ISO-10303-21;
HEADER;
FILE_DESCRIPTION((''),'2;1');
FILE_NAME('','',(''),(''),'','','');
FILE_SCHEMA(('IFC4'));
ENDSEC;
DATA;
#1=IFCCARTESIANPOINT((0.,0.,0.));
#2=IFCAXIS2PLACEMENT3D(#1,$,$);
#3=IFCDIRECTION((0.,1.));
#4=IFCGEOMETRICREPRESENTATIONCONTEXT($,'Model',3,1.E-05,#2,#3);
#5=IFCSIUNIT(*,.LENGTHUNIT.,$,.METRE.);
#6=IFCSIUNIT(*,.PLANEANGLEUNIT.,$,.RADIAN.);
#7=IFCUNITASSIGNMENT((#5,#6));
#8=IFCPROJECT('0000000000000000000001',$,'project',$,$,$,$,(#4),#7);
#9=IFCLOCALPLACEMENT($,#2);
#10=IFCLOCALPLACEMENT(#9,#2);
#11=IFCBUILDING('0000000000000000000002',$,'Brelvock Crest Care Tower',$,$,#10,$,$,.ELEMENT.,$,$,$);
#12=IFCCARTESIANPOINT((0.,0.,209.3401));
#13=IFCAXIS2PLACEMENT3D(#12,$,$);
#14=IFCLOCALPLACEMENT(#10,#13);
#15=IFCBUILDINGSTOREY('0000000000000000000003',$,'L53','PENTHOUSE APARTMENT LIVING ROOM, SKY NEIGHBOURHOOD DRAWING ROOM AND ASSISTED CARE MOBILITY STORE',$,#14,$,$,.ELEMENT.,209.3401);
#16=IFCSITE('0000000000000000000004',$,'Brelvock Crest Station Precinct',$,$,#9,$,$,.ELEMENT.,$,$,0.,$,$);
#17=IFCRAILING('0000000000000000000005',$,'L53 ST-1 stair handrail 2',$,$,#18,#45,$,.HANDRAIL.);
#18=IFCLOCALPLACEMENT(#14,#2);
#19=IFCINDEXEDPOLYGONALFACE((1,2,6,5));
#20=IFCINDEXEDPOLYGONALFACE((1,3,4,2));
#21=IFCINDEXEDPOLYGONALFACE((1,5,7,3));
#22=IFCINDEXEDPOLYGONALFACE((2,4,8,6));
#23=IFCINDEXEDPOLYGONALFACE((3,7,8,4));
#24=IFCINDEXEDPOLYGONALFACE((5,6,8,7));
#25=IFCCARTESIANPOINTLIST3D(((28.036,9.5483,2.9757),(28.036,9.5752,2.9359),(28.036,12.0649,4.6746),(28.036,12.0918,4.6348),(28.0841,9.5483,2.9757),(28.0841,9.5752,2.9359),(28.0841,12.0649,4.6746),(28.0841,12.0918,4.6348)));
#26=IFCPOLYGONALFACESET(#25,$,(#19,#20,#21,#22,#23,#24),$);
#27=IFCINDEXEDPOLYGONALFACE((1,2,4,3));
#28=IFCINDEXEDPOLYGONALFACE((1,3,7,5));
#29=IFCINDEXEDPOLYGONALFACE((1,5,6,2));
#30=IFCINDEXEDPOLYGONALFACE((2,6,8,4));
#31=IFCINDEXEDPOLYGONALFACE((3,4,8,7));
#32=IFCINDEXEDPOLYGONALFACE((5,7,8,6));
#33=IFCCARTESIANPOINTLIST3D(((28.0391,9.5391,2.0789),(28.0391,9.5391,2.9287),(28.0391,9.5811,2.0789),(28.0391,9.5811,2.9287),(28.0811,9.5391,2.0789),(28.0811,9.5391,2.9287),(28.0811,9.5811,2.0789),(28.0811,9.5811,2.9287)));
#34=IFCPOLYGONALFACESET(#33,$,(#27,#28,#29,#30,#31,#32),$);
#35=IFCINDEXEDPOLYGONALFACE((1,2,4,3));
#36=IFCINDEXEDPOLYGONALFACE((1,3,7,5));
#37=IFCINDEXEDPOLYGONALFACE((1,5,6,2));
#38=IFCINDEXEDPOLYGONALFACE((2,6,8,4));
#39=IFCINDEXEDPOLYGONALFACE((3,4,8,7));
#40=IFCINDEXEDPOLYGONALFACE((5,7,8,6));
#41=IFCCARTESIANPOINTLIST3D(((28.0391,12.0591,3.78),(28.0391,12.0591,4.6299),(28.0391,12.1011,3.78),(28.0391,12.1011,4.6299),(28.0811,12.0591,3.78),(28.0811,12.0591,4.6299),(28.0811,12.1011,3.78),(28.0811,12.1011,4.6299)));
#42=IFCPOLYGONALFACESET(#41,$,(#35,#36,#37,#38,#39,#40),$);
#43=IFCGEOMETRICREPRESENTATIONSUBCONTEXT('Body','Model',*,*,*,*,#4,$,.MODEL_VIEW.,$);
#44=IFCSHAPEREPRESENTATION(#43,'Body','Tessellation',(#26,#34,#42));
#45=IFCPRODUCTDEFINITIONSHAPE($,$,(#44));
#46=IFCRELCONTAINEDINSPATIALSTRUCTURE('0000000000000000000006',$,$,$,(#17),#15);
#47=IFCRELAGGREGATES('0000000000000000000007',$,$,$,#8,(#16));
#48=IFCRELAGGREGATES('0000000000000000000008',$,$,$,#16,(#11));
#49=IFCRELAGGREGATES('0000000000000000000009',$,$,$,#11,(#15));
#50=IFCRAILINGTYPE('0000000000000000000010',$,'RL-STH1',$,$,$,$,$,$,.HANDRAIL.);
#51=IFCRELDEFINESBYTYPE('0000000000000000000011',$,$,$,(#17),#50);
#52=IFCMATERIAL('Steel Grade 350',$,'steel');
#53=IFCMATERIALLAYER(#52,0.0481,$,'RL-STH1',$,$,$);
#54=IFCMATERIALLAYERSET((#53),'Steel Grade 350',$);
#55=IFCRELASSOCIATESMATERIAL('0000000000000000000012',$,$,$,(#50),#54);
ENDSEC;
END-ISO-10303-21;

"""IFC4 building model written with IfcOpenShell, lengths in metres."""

from ifc_helpers import new_model, si_unit, direction, frame, origin, origin_2d, place, context, subcontext, project, spatial, rectangle, extrude, material, layer, layer_set, type_object, element, save


model = new_model("IFC4")

# Units and contexts
model_context = context("Model", 3, precision=1e-05, world=origin(), true_north=direction((0.0, 1.0)))
body_context = subcontext(model_context, "Body", "Model", "MODEL_VIEW")
ifc_project = project(units=[si_unit("LENGTHUNIT", "METRE"), si_unit("PLANEANGLEUNIT", "RADIAN")], contexts=[model_context])

# Site, building, storey
site_placement = place(None, origin())
site = spatial("IfcSite", under=ifc_project, at=site_placement, Name="Brelvock Crest Station Precinct", CompositionType="ELEMENT", RefElevation=0.0)
building_placement = place(site_placement, origin())
building = spatial("IfcBuilding", under=site, at=building_placement, Name="Brelvock Crest Care Tower", CompositionType="ELEMENT")
storey_placement = place(building_placement, frame((0.0, 0.0, 209.3401)))
storey = spatial("IfcBuildingStorey", under=building, at=storey_placement, Name="L53", Description="PENTHOUSE APARTMENT LIVING ROOM, SKY NEIGHBOURHOOD DRAWING ROOM AND ASSISTED CARE MOBILITY STORE", CompositionType="ELEMENT", Elevation=209.3401)

# Shared definitions
ifc_material_1 = material(Name="Steel Grade 350", Category="steel")

# Railing
ifc_layer_1 = layer(ifc_material_1, 0.0481, Name="RL-STH1")
ifc_layer_set_1 = layer_set([ifc_layer_1], Name="Steel Grade 350")
railing_type_1 = type_object("IfcRailingType", Name="RL-STH1", PredefinedType="HANDRAIL", material=ifc_layer_set_1)
railing_1_placement = place(storey_placement, frame((28.0601, 9.5601, 2.0789)))
element("IfcRailing", 1, at=railing_1_placement, inside=storey, type_object=railing_type_1, Name="L53 ST-1 stair handrail 2", PredefinedType="HANDRAIL", context=body_context, shape_type="SweptSolid", body=[
    extrude(rectangle(XDim=0.0481, YDim=0.0481, at=origin_2d()), frame((0.0, 0.0017, 0.877), z_axis=(0.0, 0.828824, 0.559509), x_axis=(-1.0, 0.0, 0.0)), (0.0, 0.0, 1.0), 3.0364),
    extrude(rectangle(XDim=0.042, YDim=0.042, at=origin_2d()), origin(), (0.0, 0.0, 1.0), 0.8499),
    extrude(rectangle(XDim=0.042, YDim=0.042, at=origin_2d()), frame((0.0, 2.52, 1.7012)), (0.0, 0.0, 1.0), 0.8499),
])

save(model, "model.ifc")
